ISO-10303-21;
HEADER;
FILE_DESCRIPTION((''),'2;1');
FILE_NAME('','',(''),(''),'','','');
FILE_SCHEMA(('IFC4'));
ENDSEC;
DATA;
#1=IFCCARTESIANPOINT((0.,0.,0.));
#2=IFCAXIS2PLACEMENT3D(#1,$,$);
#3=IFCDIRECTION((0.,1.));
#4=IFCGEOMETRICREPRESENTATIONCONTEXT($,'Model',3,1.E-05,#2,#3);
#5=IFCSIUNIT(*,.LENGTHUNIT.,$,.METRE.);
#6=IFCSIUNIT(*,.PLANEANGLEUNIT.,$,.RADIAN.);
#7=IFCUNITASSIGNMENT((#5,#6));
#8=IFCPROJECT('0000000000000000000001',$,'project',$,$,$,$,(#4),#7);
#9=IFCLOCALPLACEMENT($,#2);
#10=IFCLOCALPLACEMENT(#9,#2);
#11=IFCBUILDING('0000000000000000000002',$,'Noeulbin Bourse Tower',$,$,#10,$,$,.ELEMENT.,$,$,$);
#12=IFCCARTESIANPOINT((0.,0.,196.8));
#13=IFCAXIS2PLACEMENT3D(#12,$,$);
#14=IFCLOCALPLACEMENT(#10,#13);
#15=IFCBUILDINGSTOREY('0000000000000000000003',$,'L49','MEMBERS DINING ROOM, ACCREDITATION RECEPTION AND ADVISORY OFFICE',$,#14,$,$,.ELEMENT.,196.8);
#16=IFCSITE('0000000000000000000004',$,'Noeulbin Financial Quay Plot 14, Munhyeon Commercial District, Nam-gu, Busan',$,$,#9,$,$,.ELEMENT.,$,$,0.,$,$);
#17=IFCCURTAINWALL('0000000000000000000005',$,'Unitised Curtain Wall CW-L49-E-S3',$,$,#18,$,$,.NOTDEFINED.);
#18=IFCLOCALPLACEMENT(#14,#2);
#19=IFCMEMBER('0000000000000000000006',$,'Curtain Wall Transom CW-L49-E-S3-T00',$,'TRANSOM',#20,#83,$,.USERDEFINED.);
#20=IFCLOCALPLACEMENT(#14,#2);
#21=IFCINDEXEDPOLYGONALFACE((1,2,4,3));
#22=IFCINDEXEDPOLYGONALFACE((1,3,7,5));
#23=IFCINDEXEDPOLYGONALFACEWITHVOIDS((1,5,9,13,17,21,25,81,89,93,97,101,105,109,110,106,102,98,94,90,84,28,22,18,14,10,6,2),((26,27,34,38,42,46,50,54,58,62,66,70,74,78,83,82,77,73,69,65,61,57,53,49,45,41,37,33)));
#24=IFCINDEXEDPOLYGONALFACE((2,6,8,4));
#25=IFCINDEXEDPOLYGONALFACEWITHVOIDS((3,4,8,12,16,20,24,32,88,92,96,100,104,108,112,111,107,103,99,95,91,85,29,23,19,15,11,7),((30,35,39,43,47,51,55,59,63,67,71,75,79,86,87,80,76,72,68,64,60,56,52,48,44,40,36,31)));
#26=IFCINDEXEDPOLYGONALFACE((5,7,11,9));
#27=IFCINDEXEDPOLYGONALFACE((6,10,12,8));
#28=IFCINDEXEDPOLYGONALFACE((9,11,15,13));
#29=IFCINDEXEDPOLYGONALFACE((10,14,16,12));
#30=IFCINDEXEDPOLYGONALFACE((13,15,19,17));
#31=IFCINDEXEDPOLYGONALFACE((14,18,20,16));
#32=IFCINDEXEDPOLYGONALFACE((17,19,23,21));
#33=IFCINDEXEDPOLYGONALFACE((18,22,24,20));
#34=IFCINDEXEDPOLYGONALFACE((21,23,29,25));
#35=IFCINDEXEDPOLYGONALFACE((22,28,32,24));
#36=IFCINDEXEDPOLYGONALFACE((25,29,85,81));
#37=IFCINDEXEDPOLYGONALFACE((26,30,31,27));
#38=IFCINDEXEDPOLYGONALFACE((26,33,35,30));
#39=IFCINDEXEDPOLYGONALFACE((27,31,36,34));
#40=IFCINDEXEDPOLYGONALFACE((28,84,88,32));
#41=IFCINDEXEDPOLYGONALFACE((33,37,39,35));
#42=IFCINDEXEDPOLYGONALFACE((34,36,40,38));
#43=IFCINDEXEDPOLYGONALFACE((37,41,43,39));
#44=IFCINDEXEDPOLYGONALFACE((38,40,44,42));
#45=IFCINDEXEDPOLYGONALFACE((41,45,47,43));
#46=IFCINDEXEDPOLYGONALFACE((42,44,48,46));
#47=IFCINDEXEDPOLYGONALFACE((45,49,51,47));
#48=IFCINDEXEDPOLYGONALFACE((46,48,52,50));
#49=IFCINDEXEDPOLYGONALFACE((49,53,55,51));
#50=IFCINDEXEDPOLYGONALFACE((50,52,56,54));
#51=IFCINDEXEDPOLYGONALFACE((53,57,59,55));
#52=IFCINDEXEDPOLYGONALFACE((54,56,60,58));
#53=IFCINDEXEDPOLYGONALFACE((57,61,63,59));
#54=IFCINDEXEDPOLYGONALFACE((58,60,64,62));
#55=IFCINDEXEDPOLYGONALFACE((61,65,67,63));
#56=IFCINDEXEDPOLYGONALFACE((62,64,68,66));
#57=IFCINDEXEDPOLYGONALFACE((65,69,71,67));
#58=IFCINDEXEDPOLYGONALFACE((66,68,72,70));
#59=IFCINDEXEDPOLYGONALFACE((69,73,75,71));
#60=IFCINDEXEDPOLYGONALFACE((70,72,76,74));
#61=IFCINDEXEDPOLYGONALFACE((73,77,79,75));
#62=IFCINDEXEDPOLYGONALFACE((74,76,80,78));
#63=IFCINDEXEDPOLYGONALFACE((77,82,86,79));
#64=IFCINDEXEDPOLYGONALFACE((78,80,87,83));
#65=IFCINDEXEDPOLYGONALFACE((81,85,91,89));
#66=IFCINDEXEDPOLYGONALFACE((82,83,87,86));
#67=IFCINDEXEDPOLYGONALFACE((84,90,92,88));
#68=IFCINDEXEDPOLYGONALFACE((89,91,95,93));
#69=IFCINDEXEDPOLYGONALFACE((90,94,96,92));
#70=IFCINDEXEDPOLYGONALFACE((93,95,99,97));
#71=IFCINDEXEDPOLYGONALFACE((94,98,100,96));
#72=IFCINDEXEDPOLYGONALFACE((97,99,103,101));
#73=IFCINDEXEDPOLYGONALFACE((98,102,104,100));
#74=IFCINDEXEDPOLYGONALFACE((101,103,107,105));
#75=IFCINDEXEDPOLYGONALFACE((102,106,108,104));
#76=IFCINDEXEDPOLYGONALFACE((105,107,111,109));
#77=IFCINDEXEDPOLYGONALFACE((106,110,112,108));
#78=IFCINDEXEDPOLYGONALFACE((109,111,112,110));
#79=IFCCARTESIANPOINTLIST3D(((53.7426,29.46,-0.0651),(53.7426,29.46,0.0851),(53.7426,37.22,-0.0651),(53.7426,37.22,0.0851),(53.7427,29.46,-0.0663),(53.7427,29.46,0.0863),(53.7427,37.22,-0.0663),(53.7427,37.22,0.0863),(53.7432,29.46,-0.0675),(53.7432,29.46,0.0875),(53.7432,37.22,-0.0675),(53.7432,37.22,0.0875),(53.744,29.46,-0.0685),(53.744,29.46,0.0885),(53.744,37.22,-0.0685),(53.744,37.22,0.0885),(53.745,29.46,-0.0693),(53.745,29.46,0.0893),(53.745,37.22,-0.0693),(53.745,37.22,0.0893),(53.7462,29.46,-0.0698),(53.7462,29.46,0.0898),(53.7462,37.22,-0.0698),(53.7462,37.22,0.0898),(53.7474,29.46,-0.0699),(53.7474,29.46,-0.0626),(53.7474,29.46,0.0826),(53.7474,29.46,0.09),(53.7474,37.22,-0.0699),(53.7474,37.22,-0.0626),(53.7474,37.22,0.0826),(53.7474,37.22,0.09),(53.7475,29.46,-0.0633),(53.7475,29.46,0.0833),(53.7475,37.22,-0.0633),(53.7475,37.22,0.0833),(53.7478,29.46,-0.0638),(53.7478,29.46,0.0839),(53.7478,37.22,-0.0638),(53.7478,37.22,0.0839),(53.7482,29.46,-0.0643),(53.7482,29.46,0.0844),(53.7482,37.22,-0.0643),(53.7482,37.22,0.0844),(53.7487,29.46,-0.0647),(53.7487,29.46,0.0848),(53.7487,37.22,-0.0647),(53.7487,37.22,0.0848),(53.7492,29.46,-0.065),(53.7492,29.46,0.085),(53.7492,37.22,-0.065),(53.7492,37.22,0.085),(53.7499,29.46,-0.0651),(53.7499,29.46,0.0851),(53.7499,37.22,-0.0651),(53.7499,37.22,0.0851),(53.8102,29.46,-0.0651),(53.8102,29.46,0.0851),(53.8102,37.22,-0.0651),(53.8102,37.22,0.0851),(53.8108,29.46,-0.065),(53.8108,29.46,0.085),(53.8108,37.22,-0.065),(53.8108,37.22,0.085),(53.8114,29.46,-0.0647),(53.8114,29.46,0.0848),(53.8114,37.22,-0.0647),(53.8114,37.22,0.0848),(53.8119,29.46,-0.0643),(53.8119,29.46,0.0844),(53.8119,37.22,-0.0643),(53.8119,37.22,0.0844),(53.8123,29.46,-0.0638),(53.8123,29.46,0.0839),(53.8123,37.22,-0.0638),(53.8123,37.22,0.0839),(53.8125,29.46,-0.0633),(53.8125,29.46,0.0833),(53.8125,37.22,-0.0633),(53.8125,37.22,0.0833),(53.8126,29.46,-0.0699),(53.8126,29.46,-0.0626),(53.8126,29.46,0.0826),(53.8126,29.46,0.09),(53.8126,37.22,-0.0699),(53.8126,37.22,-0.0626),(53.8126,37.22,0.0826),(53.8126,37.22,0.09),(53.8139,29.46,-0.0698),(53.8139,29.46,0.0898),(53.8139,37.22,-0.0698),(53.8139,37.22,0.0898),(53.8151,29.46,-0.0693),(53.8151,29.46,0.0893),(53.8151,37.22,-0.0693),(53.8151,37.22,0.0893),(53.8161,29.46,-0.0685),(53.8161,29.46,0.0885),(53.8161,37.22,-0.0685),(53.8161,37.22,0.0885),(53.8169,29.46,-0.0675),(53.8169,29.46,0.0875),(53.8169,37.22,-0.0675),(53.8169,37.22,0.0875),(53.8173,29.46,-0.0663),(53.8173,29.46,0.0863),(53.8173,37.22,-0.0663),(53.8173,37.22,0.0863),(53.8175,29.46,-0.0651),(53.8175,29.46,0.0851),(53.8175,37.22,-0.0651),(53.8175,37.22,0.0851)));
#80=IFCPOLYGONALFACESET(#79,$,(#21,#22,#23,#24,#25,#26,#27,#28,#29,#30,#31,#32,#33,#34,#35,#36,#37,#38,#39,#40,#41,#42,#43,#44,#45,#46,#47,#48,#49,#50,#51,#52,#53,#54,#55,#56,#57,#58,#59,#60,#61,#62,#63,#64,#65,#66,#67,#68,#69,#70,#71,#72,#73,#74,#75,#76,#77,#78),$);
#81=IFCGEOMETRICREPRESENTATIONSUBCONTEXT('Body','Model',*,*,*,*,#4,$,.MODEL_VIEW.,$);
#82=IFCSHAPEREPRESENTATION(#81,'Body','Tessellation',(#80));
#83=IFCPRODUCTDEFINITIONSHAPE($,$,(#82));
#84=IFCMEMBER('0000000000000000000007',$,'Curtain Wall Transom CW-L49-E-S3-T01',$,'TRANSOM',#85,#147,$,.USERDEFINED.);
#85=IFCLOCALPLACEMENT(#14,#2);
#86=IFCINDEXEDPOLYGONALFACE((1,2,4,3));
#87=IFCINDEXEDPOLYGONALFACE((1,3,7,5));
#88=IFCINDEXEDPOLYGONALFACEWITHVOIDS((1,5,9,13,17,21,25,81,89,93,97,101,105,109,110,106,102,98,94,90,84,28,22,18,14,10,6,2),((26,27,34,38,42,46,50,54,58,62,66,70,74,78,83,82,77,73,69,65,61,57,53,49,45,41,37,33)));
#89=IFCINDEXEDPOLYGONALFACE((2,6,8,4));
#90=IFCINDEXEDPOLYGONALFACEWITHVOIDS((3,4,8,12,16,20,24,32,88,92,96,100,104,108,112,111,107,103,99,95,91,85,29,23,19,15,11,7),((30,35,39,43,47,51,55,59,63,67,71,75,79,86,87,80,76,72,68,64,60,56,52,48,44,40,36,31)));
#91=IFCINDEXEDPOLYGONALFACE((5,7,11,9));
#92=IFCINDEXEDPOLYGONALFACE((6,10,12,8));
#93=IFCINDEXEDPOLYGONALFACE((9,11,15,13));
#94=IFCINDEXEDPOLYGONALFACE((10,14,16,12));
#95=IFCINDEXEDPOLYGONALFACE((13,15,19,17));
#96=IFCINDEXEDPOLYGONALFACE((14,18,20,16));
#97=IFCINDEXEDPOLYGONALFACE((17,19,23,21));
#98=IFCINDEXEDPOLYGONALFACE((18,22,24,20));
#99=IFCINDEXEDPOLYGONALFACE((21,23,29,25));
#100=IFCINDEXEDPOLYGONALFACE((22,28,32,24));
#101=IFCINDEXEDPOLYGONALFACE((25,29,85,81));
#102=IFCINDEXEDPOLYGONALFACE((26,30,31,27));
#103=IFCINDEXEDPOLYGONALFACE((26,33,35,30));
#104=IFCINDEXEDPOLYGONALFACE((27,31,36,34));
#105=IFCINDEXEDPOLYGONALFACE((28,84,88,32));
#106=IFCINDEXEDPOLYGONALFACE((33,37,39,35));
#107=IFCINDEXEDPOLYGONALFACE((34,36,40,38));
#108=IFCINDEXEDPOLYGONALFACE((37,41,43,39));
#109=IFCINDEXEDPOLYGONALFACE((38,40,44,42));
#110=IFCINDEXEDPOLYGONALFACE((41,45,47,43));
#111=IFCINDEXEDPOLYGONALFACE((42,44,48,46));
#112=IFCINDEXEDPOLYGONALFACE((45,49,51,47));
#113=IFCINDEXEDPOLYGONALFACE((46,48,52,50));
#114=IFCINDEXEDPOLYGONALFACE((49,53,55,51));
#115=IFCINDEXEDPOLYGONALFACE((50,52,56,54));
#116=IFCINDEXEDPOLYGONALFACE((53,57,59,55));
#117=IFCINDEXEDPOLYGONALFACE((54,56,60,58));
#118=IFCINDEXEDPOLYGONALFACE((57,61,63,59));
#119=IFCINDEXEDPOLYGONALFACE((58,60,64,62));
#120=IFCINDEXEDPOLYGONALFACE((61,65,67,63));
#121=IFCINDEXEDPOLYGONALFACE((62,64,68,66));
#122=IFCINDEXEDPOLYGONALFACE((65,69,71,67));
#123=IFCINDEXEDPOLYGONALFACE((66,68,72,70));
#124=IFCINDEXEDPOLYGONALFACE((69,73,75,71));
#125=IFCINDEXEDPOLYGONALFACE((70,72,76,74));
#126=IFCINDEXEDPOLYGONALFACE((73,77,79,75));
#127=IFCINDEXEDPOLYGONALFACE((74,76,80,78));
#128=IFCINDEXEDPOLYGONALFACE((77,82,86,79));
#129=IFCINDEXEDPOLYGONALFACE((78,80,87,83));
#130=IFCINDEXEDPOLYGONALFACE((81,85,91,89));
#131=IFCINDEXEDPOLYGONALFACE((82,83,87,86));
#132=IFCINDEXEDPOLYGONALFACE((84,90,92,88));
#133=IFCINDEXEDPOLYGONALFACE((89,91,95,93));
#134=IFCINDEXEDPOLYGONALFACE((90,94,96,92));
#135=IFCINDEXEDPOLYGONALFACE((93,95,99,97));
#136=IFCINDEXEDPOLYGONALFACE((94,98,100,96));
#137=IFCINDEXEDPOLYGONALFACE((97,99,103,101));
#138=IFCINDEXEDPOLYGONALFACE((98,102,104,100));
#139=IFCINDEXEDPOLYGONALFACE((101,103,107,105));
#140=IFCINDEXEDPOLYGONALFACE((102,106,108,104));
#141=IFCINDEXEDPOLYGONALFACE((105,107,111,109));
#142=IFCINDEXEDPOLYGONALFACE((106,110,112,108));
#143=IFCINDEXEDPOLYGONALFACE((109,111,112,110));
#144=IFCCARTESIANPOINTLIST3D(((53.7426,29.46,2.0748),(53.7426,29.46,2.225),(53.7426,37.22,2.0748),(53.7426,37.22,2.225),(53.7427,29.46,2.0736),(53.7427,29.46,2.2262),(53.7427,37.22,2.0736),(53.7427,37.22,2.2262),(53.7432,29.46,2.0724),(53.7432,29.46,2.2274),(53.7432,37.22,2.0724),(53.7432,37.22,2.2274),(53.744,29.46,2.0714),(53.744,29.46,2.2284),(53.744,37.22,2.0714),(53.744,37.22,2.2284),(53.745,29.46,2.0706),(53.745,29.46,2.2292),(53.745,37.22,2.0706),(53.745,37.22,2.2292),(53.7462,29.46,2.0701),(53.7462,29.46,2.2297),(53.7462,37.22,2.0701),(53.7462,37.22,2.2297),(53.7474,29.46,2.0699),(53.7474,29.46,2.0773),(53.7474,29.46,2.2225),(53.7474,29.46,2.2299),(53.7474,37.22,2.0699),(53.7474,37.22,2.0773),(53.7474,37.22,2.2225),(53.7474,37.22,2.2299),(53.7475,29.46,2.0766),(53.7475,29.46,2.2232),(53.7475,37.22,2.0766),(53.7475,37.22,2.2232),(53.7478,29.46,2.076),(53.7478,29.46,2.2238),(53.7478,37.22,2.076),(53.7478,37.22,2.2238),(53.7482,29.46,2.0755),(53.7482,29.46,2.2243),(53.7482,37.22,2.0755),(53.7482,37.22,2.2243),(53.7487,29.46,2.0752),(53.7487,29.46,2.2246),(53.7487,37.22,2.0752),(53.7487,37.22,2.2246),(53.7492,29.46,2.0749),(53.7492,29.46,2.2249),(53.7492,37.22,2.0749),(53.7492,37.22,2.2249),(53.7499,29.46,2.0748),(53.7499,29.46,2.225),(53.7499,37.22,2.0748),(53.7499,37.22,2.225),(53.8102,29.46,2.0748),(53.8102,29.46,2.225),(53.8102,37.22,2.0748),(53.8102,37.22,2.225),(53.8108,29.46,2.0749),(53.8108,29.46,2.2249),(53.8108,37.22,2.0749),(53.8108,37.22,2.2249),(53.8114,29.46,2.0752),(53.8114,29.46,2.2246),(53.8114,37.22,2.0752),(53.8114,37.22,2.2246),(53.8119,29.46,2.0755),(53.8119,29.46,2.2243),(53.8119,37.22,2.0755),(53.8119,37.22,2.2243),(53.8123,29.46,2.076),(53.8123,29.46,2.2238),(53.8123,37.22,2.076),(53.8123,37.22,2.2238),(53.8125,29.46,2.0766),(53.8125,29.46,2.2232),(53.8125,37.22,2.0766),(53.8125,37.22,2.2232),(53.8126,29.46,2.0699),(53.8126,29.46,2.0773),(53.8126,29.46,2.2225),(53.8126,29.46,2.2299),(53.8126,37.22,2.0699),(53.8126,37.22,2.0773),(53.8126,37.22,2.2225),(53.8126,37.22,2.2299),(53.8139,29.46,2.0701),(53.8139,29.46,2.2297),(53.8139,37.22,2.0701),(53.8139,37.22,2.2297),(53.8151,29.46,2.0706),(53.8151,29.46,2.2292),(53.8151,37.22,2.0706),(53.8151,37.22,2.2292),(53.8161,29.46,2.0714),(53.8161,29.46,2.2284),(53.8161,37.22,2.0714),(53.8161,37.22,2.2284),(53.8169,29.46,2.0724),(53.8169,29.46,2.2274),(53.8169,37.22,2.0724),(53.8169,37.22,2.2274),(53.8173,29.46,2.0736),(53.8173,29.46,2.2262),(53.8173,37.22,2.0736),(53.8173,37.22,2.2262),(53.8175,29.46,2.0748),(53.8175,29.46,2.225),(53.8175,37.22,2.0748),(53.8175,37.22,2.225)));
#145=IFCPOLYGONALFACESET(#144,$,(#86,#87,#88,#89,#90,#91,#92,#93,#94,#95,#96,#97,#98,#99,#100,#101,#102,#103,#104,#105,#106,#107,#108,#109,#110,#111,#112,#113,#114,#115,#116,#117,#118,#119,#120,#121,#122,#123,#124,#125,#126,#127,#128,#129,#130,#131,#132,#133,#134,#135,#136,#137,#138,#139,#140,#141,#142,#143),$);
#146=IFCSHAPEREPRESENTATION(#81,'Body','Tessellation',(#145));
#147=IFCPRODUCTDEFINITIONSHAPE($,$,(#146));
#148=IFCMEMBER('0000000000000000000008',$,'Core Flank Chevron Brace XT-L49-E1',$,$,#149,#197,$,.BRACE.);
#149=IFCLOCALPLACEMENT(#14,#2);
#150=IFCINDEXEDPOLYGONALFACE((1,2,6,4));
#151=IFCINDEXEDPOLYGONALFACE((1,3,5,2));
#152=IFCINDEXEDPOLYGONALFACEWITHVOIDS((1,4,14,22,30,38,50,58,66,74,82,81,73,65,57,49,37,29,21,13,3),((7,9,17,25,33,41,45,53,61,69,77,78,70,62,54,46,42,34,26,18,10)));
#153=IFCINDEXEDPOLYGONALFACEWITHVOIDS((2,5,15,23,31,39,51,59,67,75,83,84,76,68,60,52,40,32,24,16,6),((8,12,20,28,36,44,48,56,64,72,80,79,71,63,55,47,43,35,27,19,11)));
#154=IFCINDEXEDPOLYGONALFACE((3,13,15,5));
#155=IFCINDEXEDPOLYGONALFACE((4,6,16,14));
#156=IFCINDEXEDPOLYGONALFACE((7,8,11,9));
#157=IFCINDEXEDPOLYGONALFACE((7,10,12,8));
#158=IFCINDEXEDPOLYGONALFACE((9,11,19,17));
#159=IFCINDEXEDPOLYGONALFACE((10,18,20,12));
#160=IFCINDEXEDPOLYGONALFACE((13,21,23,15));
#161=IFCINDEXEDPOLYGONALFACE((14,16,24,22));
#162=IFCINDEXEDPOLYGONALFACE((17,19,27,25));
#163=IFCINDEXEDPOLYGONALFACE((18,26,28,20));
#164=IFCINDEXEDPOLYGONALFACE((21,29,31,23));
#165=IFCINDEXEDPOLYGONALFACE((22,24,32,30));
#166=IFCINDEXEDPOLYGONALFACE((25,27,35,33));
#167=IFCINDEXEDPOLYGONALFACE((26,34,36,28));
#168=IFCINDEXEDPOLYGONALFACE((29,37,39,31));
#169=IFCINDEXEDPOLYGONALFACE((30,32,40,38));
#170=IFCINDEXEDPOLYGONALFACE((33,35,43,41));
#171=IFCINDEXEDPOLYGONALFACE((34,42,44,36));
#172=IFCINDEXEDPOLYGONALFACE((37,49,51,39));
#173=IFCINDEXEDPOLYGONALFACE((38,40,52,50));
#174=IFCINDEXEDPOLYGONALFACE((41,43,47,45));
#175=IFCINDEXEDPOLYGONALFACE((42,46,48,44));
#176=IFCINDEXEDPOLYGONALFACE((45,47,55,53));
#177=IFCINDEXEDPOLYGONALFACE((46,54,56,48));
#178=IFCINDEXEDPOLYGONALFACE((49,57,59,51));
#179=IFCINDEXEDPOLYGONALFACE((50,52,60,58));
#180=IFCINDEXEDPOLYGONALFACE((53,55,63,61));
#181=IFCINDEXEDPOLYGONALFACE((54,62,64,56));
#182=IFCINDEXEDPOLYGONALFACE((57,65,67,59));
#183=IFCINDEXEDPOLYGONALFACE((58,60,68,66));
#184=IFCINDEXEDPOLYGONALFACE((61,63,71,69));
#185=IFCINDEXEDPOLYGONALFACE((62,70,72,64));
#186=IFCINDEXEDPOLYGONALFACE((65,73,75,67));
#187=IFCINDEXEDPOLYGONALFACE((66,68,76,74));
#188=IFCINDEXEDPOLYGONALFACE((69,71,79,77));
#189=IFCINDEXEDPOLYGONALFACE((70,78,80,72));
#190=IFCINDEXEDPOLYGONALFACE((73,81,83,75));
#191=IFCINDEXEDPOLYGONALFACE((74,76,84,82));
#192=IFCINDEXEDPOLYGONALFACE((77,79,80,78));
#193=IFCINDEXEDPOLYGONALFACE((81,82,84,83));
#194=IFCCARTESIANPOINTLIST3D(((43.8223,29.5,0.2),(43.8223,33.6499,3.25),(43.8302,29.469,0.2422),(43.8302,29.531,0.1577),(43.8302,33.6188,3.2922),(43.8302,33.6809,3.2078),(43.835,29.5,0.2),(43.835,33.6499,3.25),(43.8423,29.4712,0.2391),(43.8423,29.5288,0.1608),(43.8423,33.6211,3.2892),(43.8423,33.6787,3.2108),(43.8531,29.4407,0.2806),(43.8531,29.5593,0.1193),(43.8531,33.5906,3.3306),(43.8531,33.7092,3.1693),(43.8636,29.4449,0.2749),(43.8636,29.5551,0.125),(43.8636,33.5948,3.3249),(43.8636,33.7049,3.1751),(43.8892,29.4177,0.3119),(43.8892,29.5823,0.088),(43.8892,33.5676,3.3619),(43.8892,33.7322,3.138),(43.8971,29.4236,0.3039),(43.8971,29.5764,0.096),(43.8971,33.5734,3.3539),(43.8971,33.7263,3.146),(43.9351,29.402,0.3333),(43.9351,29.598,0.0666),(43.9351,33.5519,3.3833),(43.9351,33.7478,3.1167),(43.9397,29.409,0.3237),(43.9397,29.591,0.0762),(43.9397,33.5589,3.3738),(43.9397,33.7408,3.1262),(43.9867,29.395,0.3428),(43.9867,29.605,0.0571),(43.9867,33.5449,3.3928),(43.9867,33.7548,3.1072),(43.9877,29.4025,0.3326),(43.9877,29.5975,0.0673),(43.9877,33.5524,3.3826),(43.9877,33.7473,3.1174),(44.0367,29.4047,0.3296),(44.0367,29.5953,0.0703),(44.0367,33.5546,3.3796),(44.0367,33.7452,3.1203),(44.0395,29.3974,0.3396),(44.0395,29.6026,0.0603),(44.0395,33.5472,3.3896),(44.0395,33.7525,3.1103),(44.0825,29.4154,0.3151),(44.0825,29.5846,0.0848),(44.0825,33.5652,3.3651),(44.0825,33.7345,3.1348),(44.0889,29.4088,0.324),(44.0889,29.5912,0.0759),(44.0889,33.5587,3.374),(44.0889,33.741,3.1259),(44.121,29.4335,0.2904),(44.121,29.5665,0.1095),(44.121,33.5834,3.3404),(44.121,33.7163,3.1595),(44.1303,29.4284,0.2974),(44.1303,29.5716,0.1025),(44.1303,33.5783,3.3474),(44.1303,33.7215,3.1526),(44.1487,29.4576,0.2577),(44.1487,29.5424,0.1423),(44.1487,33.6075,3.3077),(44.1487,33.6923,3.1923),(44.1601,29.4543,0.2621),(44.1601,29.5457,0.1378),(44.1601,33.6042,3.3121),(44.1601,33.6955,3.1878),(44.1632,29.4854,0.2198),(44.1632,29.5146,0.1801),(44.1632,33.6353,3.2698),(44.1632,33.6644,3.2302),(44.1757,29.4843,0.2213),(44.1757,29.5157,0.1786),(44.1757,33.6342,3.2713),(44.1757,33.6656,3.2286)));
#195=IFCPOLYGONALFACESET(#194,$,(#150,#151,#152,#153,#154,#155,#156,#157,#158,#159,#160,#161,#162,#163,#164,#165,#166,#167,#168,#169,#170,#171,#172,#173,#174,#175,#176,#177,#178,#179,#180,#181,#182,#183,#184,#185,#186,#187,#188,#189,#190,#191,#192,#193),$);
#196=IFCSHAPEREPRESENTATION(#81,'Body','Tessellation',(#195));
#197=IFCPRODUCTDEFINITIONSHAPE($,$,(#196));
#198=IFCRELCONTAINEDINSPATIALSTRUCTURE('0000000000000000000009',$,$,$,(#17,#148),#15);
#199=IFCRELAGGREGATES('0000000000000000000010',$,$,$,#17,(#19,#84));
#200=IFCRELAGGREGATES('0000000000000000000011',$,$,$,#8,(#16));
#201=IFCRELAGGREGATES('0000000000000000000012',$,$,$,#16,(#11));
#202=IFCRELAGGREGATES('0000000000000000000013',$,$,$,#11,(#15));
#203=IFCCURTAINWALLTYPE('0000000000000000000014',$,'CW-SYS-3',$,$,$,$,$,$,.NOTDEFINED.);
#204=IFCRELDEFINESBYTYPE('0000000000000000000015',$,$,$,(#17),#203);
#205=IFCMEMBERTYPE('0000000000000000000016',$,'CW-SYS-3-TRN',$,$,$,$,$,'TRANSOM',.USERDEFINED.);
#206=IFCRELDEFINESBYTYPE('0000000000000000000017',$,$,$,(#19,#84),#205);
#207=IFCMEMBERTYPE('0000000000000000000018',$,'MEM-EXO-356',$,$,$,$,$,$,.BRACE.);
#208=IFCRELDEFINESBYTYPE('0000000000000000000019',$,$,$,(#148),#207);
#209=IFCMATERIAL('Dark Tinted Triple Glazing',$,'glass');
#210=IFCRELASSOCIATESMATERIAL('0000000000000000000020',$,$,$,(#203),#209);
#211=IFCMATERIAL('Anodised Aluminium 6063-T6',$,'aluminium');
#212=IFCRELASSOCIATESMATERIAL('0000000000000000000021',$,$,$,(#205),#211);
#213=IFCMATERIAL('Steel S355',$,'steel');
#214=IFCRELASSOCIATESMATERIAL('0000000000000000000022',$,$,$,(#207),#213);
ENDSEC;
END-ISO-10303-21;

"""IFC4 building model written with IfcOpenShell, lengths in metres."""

from ifc_helpers import new_model, si_unit, direction, frame, origin, origin_2d, place, context, subcontext, project, spatial, hollow_rectangle, hollow_circle, extrude, material, material_profile, profile_set, type_object, element, aggregate, save


model = new_model("IFC4")

# Units and contexts
model_context = context("Model", 3, precision=1e-05, world=origin(), true_north=direction((0.0, 1.0)))
body_context = subcontext(model_context, "Body", "Model", "MODEL_VIEW")
ifc_project = project(units=[si_unit("LENGTHUNIT", "METRE"), si_unit("PLANEANGLEUNIT", "RADIAN")], contexts=[model_context])

# Site, building, storey
site_placement = place(None, origin())
site = spatial("IfcSite", under=ifc_project, at=site_placement, Name="Noeulbin Financial Quay Plot 14, Munhyeon Commercial District, Nam-gu, Busan", CompositionType="ELEMENT", RefElevation=0.0)
building_placement = place(site_placement, origin())
building = spatial("IfcBuilding", under=site, at=building_placement, Name="Noeulbin Bourse Tower", CompositionType="ELEMENT")
storey_placement = place(building_placement, frame((0.0, 0.0, 196.8)))
storey = spatial("IfcBuildingStorey", under=building, at=storey_placement, Name="L49", Description="MEMBERS DINING ROOM, ACCREDITATION RECEPTION AND ADVISORY OFFICE", CompositionType="ELEMENT", Elevation=196.8)

# Shared definitions
ifc_material_1 = material(Name="Steel S355", Category="steel")

# Shared definitions
ifc_material_2 = material(Name="Dark Tinted Triple Glazing", Category="glass")
curtain_wall_type = type_object("IfcCurtainWallType", Name="CW-SYS-3", PredefinedType="NOTDEFINED", material=ifc_material_2)
ifc_material_3 = material(Name="Anodised Aluminium 6063-T6", Category="aluminium")

# Curtain wall
curtain_wall_1_placement = place(storey_placement, origin())
curtain_wall_1 = element("IfcCurtainWall", 1, at=curtain_wall_1_placement, inside=storey, type_object=curtain_wall_type, Name="Unitised Curtain Wall CW-L49-E-S3", PredefinedType="NOTDEFINED")

# Members
ifc_material_profile_1 = material_profile(ifc_material_3, hollow_rectangle(XDim=0.075, YDim=0.1599, WallThickness=0.0049, InnerFilletRadius=0.0024, OuterFilletRadius=0.0049, at=origin_2d()), Name="ALU-TRAN-75x160x5", Category="LoadBearing")
ifc_profile_set_1 = profile_set([ifc_material_profile_1], Name="Anodised Aluminium 6063-T6")
member_type_1 = type_object("IfcMemberType", Name="CW-SYS-3-TRN", ElementType="TRANSOM", PredefinedType="USERDEFINED", material=ifc_profile_set_1)
member_1_placement = place(storey_placement, frame((53.78, 29.46, 0.01), z_axis=(0.0, 1.0, 0.0), x_axis=(-1.0, 0.0, 0.0)))
member_1 = element("IfcMember", 2, at=member_1_placement, type_object=member_type_1, Name="Curtain Wall Transom CW-L49-E-S3-T00", ObjectType="TRANSOM", PredefinedType="USERDEFINED", context=body_context, shape_type="SweptSolid", body=[
    extrude(hollow_rectangle(XDim=0.075, YDim=0.1599, WallThickness=0.0049, InnerFilletRadius=0.0024, OuterFilletRadius=0.0049, at=origin_2d()), origin(), (0.0, 0.0, 1.0), 7.76),
])
member_2_placement = place(storey_placement, frame((53.78, 29.46, 2.1499), z_axis=(0.0, 1.0, 0.0), x_axis=(-1.0, 0.0, 0.0)))
member_2 = element("IfcMember", 3, at=member_2_placement, type_object=member_type_1, Name="Curtain Wall Transom CW-L49-E-S3-T01", ObjectType="TRANSOM", PredefinedType="USERDEFINED", context=body_context, shape_type="SweptSolid", body=[
    extrude(hollow_rectangle(XDim=0.075, YDim=0.1599, WallThickness=0.0049, InnerFilletRadius=0.0024, OuterFilletRadius=0.0049, at=origin_2d()), origin(), (0.0, 0.0, 1.0), 7.76),
])
aggregate(curtain_wall_1, [member_1, member_2])
ifc_material_profile_2 = material_profile(ifc_material_1, hollow_circle(Radius=0.1777, WallThickness=0.0127, at=origin_2d()), Name="CHS-355.6x12.7", Category="LoadBearing")
ifc_profile_set_2 = profile_set([ifc_material_profile_2], Name="Steel S355")
member_type_2 = type_object("IfcMemberType", Name="MEM-EXO-356", PredefinedType="BRACE", material=ifc_profile_set_2)
member_3_placement = place(storey_placement, frame((44.0, 29.5, 0.2), z_axis=(0.0, 0.805776, 0.59222), x_axis=(-1.0, 0.0, 0.0)))
element("IfcMember", 4, at=member_3_placement, inside=storey, type_object=member_type_2, Name="Core Flank Chevron Brace XT-L49-E1", PredefinedType="BRACE", context=body_context, shape_type="SweptSolid", body=[
    extrude(hollow_circle(Radius=0.1777, WallThickness=0.0127, at=origin_2d()), origin(), (0.0, 0.0, 1.0), 5.1501),
])

save(model, "model.ifc")
